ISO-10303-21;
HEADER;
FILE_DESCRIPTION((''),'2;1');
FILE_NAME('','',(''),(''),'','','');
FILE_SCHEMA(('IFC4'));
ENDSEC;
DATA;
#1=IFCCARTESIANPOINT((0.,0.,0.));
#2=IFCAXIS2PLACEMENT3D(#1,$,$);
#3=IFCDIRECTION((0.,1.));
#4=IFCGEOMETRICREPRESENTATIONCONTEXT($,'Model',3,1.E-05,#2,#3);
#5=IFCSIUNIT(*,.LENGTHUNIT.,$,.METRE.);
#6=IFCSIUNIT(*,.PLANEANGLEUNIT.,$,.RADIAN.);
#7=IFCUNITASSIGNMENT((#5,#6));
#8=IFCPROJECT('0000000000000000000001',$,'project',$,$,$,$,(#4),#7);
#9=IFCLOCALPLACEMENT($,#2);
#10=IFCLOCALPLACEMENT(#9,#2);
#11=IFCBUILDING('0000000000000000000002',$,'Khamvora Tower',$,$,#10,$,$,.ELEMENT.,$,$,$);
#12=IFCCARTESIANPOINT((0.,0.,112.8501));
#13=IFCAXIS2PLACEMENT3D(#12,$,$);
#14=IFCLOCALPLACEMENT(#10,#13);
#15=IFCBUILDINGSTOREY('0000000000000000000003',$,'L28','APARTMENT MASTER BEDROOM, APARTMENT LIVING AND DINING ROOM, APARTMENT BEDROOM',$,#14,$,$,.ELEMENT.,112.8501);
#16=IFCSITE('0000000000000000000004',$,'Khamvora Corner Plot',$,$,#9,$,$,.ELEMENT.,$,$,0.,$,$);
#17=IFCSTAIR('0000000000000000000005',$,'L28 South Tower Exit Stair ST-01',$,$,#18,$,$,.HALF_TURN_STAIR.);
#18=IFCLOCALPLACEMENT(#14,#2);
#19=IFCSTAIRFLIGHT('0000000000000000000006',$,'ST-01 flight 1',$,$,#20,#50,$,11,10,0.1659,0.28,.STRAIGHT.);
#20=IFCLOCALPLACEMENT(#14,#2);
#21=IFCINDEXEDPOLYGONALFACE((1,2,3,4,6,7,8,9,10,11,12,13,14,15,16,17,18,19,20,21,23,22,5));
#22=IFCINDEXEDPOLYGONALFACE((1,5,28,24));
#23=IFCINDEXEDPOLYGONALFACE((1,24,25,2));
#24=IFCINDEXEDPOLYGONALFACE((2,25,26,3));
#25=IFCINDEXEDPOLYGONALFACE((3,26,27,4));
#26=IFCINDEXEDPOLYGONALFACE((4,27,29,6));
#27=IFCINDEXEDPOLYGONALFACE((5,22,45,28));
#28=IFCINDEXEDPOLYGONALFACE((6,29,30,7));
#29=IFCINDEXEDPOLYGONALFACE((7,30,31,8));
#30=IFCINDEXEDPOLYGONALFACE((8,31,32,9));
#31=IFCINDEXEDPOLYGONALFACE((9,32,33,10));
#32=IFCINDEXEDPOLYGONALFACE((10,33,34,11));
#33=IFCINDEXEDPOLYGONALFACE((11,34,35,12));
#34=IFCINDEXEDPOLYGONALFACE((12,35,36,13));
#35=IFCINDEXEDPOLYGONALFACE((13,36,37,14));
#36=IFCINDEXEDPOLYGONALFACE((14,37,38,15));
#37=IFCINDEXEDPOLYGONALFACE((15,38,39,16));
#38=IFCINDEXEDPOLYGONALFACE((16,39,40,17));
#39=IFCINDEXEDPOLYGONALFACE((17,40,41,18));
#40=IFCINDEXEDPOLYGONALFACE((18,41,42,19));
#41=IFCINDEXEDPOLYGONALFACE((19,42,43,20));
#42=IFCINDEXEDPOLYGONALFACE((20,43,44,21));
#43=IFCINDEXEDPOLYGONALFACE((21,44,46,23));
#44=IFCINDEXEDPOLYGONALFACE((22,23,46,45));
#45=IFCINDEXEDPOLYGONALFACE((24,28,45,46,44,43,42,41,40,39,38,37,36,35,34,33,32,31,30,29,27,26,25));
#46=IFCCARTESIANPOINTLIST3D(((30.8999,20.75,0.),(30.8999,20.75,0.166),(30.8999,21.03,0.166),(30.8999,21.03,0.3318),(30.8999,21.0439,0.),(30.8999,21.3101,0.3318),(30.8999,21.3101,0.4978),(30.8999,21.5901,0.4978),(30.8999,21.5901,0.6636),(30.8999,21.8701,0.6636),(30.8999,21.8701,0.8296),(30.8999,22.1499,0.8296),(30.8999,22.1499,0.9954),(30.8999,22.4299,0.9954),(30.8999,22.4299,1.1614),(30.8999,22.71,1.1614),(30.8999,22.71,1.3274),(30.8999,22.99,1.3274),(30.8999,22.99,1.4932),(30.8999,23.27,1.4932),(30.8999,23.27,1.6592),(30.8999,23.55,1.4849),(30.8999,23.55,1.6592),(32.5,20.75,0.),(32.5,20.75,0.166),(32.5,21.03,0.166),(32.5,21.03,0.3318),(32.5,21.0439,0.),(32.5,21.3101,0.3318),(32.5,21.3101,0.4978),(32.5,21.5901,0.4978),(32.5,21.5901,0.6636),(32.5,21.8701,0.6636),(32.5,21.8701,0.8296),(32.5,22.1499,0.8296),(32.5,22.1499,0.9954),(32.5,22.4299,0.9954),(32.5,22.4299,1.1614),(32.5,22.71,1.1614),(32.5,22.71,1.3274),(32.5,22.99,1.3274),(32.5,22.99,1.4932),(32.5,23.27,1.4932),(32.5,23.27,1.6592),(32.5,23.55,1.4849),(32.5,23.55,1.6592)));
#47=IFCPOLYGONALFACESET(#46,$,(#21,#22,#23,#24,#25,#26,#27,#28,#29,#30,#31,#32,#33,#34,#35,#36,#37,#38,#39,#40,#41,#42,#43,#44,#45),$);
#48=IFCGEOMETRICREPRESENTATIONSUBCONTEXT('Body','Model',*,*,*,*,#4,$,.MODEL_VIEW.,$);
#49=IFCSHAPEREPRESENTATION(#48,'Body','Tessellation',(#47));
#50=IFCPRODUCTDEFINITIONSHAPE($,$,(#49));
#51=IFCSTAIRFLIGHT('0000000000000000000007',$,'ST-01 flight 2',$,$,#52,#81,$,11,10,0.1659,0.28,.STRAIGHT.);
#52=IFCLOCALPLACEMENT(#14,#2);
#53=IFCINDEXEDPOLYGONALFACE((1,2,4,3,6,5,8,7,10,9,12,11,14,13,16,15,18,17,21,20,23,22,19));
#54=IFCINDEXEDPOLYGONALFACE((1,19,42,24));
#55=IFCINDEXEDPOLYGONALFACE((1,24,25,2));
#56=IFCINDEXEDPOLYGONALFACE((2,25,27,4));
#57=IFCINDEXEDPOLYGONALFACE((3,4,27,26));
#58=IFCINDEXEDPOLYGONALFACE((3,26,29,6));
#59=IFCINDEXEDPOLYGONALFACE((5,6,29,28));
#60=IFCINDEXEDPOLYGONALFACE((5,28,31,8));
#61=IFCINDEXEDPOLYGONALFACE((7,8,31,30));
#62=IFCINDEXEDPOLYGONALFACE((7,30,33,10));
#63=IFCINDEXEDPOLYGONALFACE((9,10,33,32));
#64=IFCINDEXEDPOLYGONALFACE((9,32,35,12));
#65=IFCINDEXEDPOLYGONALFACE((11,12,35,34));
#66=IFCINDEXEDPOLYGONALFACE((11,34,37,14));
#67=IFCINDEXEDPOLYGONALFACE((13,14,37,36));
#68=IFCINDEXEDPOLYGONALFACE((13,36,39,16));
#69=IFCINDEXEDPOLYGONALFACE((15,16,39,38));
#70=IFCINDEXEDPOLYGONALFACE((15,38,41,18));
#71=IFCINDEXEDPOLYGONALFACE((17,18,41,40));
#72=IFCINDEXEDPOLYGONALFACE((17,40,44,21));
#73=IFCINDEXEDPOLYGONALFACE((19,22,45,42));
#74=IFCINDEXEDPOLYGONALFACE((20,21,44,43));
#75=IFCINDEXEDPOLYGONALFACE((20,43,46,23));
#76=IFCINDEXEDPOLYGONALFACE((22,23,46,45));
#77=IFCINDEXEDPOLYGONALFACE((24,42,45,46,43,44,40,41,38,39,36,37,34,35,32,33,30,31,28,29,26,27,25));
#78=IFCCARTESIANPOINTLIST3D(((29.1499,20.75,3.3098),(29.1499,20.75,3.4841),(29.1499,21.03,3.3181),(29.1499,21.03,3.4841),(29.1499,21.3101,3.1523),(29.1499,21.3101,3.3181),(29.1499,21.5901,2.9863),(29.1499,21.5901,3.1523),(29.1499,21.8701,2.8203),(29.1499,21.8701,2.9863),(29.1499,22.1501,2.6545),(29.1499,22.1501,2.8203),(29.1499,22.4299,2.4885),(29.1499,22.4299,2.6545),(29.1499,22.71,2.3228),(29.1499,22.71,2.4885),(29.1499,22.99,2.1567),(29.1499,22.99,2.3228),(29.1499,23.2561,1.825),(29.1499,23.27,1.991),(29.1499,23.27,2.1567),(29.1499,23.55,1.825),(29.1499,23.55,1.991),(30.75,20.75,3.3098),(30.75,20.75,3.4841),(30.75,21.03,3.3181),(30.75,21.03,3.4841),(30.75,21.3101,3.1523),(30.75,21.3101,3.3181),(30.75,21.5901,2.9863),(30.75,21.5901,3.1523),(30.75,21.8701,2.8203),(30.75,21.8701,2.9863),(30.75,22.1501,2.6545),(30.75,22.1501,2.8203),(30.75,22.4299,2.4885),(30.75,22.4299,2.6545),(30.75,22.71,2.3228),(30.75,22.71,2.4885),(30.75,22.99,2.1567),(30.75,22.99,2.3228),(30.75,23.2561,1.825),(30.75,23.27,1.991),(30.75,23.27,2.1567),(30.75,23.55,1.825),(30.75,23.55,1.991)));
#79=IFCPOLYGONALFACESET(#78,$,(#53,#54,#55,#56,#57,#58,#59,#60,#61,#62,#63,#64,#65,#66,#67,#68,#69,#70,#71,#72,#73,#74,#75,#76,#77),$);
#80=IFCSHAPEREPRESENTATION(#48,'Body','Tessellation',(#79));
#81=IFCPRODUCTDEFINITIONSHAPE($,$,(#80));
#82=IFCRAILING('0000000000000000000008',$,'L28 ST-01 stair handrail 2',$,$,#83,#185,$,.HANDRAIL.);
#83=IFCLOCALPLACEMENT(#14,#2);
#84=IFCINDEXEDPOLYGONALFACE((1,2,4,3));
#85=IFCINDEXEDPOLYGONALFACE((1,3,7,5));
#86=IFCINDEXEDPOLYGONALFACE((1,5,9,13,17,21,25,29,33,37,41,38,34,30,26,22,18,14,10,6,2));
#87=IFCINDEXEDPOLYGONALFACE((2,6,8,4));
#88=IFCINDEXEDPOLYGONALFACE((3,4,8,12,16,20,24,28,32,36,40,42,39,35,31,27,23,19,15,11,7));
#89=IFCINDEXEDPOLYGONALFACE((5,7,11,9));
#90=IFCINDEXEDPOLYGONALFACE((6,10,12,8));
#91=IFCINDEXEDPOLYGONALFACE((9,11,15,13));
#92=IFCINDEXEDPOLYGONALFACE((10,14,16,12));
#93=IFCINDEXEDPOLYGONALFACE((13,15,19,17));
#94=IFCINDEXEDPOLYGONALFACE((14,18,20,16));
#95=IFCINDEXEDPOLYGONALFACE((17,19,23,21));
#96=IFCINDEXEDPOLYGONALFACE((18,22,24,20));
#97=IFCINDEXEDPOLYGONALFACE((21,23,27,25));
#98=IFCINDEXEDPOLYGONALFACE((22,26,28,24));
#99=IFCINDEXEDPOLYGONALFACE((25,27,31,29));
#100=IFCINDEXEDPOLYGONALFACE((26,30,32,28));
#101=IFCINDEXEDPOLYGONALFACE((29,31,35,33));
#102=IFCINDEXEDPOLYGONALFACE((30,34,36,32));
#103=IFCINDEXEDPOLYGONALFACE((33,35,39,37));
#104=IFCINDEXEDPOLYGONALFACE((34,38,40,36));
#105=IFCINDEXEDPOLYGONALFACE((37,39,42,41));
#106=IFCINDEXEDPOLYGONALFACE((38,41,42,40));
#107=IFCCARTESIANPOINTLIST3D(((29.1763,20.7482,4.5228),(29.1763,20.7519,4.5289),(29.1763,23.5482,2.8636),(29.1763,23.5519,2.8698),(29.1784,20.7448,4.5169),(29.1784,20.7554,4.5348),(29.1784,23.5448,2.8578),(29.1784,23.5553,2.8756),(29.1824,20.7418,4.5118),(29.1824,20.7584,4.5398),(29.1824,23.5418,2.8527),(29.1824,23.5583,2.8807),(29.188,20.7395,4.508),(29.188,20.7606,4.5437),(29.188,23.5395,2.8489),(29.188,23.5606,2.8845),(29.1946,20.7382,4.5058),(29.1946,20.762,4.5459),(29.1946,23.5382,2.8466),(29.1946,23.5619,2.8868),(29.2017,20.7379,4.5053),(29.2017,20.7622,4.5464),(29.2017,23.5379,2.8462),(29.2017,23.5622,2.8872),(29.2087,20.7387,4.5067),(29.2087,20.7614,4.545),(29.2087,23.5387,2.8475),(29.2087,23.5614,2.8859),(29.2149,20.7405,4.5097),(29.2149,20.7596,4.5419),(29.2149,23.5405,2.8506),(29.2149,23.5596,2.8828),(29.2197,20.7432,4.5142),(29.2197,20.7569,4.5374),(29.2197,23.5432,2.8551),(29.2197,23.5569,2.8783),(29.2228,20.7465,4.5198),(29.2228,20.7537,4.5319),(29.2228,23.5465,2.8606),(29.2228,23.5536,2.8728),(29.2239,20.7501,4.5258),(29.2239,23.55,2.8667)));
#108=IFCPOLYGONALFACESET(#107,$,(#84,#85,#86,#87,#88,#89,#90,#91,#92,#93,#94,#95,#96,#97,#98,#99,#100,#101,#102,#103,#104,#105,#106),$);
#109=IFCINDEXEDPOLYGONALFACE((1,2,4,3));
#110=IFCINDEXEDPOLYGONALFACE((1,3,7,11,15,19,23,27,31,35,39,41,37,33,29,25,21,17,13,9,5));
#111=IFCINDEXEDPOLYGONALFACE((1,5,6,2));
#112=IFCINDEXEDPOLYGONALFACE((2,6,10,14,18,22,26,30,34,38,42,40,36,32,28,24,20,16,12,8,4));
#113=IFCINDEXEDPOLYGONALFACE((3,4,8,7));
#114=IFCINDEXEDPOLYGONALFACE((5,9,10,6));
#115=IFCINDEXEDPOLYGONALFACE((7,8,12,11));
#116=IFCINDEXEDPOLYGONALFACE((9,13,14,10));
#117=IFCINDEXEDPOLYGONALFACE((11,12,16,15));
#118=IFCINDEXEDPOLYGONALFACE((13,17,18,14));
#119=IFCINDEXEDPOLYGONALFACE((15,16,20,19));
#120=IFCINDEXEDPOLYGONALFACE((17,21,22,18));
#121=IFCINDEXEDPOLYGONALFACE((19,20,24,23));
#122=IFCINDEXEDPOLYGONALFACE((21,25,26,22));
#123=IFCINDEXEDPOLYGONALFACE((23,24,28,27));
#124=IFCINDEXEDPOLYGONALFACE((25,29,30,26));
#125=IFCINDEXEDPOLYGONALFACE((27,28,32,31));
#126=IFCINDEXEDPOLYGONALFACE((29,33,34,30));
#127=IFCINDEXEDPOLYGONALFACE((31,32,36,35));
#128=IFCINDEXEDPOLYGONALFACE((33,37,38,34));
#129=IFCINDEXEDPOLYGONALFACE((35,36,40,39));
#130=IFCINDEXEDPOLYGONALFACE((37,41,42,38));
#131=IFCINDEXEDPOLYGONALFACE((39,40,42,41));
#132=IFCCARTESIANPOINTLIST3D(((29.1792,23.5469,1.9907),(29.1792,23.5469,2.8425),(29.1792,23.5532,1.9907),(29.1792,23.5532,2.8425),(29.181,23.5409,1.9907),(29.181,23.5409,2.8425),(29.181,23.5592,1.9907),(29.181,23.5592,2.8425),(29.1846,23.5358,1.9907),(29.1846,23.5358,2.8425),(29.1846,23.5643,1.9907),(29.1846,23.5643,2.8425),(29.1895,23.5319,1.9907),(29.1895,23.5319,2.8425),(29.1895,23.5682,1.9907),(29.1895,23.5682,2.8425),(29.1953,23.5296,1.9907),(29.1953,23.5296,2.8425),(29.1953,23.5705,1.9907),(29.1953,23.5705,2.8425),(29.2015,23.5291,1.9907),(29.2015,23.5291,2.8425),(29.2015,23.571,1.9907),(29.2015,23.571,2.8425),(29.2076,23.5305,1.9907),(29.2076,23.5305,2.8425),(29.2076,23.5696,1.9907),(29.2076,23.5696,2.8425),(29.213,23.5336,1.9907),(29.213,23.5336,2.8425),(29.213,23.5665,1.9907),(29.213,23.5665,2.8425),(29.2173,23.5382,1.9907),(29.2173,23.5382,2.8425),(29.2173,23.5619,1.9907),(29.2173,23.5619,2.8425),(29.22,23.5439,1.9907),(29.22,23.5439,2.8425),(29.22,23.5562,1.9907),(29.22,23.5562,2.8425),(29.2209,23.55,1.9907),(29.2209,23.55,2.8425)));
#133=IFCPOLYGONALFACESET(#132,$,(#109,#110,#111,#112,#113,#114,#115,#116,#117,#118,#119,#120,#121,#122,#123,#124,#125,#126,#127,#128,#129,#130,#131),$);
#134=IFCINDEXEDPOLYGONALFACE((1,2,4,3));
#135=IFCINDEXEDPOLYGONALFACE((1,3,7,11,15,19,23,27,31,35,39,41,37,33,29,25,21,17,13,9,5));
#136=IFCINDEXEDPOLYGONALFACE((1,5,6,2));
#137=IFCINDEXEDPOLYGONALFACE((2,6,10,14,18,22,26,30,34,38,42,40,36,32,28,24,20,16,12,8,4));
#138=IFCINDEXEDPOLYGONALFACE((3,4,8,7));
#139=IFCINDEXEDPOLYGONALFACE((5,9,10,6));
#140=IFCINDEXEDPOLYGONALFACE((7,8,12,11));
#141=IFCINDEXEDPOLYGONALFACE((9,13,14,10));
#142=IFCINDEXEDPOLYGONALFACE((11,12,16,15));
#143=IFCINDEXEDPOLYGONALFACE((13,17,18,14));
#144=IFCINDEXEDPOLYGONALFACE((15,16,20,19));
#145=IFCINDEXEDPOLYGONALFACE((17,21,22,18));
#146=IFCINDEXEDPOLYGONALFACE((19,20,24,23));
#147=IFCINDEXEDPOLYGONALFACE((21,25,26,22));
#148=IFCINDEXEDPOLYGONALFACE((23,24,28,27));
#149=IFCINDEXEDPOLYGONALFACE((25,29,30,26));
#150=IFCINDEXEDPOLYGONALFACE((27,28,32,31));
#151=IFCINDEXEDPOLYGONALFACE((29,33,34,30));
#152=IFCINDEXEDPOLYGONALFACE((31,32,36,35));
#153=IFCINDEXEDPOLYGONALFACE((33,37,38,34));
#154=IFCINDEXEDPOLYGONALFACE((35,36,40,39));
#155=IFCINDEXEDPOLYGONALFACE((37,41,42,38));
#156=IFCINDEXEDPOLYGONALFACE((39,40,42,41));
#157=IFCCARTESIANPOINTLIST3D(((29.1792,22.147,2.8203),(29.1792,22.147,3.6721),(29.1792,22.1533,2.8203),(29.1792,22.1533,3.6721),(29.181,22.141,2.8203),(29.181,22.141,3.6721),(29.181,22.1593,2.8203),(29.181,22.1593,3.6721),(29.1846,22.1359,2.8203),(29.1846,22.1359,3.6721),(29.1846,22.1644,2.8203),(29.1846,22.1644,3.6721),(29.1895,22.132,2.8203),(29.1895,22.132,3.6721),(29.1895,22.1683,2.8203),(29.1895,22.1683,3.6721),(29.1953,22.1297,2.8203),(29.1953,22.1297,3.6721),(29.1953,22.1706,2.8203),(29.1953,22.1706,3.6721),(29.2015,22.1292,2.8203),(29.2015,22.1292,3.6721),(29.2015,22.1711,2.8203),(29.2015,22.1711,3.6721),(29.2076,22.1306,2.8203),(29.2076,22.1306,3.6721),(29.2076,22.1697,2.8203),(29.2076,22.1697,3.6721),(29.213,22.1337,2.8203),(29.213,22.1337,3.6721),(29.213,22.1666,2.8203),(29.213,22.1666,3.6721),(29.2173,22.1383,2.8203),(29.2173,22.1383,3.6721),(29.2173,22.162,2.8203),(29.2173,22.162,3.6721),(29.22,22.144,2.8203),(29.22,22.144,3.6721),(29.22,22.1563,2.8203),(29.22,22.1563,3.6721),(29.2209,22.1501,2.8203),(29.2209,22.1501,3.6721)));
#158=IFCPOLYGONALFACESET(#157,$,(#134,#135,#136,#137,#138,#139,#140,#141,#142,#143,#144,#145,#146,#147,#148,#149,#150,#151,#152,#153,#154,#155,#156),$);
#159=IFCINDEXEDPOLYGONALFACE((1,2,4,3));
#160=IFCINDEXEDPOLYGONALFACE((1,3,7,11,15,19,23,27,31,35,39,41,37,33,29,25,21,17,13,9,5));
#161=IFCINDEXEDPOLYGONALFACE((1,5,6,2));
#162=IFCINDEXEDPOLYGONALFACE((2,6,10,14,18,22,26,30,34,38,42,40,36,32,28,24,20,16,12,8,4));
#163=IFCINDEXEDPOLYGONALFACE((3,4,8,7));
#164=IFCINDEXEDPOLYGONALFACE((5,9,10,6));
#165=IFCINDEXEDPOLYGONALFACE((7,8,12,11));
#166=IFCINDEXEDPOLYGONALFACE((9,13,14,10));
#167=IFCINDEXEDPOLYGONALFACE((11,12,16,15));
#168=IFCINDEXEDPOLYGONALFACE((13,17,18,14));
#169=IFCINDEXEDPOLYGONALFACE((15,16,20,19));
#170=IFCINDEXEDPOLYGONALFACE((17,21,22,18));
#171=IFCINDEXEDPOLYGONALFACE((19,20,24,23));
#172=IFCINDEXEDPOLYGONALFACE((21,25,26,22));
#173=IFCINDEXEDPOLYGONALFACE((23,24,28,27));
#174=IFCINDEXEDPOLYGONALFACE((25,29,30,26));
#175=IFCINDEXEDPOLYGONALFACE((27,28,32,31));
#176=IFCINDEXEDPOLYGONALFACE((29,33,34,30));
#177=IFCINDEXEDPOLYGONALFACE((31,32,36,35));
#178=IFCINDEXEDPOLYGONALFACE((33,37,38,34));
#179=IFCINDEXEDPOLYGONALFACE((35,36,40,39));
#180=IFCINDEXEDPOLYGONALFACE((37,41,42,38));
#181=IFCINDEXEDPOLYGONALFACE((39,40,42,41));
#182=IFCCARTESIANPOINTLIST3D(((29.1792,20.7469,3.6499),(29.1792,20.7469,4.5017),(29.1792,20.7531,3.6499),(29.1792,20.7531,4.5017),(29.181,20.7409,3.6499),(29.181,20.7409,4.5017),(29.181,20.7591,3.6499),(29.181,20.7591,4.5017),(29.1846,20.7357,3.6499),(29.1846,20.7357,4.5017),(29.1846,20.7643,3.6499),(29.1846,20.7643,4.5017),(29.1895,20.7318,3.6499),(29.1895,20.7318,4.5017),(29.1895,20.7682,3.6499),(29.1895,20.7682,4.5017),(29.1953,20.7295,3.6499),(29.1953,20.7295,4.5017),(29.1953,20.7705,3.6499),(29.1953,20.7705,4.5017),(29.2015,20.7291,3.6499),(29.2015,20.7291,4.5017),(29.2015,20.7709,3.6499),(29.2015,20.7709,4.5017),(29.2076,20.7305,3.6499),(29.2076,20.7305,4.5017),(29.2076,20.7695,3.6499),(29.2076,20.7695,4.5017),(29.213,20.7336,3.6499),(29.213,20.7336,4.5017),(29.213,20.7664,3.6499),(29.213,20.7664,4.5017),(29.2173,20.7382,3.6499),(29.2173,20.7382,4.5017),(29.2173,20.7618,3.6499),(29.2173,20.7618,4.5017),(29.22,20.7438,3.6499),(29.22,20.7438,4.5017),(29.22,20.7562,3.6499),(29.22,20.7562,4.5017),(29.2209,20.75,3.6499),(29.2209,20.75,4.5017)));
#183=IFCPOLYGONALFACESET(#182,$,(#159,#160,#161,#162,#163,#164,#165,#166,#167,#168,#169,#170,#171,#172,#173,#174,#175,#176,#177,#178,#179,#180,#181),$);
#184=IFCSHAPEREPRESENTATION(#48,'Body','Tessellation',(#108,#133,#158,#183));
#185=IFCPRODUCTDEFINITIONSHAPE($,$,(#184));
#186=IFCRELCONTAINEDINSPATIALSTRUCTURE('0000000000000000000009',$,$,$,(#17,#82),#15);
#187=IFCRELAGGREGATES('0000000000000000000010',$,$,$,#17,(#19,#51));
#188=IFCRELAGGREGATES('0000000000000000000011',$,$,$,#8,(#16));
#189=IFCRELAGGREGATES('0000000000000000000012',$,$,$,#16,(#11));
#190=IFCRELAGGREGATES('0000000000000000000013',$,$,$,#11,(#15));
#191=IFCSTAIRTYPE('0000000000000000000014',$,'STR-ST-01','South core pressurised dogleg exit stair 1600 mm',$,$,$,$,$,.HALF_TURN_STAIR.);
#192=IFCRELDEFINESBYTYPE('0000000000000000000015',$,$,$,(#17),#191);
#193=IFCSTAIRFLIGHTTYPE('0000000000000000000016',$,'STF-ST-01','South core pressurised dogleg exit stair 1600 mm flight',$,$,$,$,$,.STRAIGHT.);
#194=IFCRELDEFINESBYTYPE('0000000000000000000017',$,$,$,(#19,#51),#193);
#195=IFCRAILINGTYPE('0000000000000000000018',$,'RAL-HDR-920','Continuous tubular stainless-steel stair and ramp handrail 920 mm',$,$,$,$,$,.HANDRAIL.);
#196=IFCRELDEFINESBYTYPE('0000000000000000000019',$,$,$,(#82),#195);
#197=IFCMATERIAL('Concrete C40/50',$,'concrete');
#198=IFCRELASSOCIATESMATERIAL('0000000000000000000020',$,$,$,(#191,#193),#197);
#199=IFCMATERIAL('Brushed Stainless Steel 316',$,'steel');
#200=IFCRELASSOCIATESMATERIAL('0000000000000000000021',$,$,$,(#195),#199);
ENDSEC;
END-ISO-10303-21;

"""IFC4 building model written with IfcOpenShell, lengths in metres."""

from ifc_helpers import new_model, si_unit, direction, frame, origin, origin_2d, place, context, subcontext, project, spatial, polyline, circle, outline, extrude, material, type_object, element, aggregate, save


model = new_model("IFC4")

# Units and contexts
model_context = context("Model", 3, precision=1e-05, world=origin(), true_north=direction((0.0, 1.0)))
body_context = subcontext(model_context, "Body", "Model", "MODEL_VIEW")
ifc_project = project(units=[si_unit("LENGTHUNIT", "METRE"), si_unit("PLANEANGLEUNIT", "RADIAN")], contexts=[model_context])

# Site, building, storey
site_placement = place(None, origin())
site = spatial("IfcSite", under=ifc_project, at=site_placement, Name="Khamvora Corner Plot", CompositionType="ELEMENT", RefElevation=0.0)
building_placement = place(site_placement, origin())
building = spatial("IfcBuilding", under=site, at=building_placement, Name="Khamvora Tower", CompositionType="ELEMENT")
storey_placement = place(building_placement, frame((0.0, 0.0, 112.8501)))
storey = spatial("IfcBuildingStorey", under=building, at=storey_placement, Name="L28", Description="APARTMENT MASTER BEDROOM, APARTMENT LIVING AND DINING ROOM, APARTMENT BEDROOM", CompositionType="ELEMENT", Elevation=112.8501)

# Stair, stair flights
ifc_material_1 = material(Name="Concrete C40/50", Category="concrete")
stair_type = type_object("IfcStairType", Name="STR-ST-01", Description="South core pressurised dogleg exit stair 1600 mm", PredefinedType="HALF_TURN_STAIR", material=ifc_material_1)
stair_placement = place(storey_placement, origin())
stair = element("IfcStair", 1, at=stair_placement, inside=storey, type_object=stair_type, Name="L28 South Tower Exit Stair ST-01", PredefinedType="HALF_TURN_STAIR")
stair_flight_type = type_object("IfcStairFlightType", Name="STF-ST-01", Description="South core pressurised dogleg exit stair 1600 mm flight", PredefinedType="STRAIGHT", material=ifc_material_1)
stair_flight_1_placement = place(storey_placement, frame((31.7, 20.75, 0.0), z_axis=(0.0, 0.0, 1.0), x_axis=(0.0, 1.0, 0.0)))
stair_flight_1 = element("IfcStairFlight", 2, at=stair_flight_1_placement, type_object=stair_flight_type, Name="ST-01 flight 1", NumberOfRisers=11, NumberOfTreads=10, PredefinedType="STRAIGHT", RiserHeight=0.1659, TreadLength=0.28, context=body_context, shape_type="SweptSolid", body=[
    extrude(outline(polyline([(0.0, 0.0), (0.0, 0.166), (0.28, 0.166), (0.28, 0.3318), (0.5601, 0.3318), (0.5601, 0.4978), (0.8401, 0.4978), (0.8401, 0.6636), (1.1201, 0.6636), (1.1201, 0.8296), (1.3999, 0.8296), (1.3999, 0.9954), (1.6799, 0.9954), (1.6799, 1.1614), (1.96, 1.1614), (1.96, 1.3274), (2.24, 1.3274), (2.24, 1.4932), (2.52, 1.4932), (2.52, 1.6592), (2.8, 1.6592), (2.8, 1.825), (2.8, 1.4849), (0.2939, 0.0), (0.0, 0.0)])), frame((0.0, 0.8, 0.0), z_axis=(0.0, -1.0, 0.0), x_axis=(1.0, 0.0, 0.0)), (0.0, 0.0, 1.0), 1.6001),
])
stair_flight_2_placement = place(storey_placement, frame((29.95, 23.55, 1.825), z_axis=(0.0, 0.0, 1.0), x_axis=(0.0, -1.0, 0.0)))
stair_flight_2 = element("IfcStairFlight", 3, at=stair_flight_2_placement, type_object=stair_flight_type, Name="ST-01 flight 2", NumberOfRisers=11, NumberOfTreads=10, PredefinedType="STRAIGHT", RiserHeight=0.1659, TreadLength=0.28, context=body_context, shape_type="SweptSolid", body=[
    extrude(outline(polyline([(0.0, 0.0), (0.0, 0.166), (0.28, 0.166), (0.28, 0.3318), (0.5601, 0.3318), (0.5601, 0.4978), (0.8401, 0.4978), (0.8401, 0.6636), (1.1201, 0.6636), (1.1201, 0.8296), (1.3999, 0.8296), (1.3999, 0.9954), (1.6799, 0.9954), (1.6799, 1.1614), (1.96, 1.1614), (1.96, 1.3274), (2.24, 1.3274), (2.24, 1.4932), (2.52, 1.4932), (2.52, 1.6592), (2.8, 1.6592), (2.8, 1.825), (2.8, 1.4849), (0.2939, 0.0), (0.0, 0.0)])), frame((0.0, 0.8, 0.0), z_axis=(0.0, -1.0, 0.0), x_axis=(1.0, 0.0, 0.0)), (0.0, 0.0, 1.0), 1.6001),
])
aggregate(stair, [stair_flight_1, stair_flight_2])

# Railing
ifc_material_2 = material(Name="Brushed Stainless Steel 316", Category="steel")
railing_type_1 = type_object("IfcRailingType", Name="RAL-HDR-920", Description="Continuous tubular stainless-steel stair and ramp handrail 920 mm", PredefinedType="HANDRAIL", material=ifc_material_2)
railing_1_placement = place(storey_placement, frame((29.2, 23.55, 1.9907)))
element("IfcRailing", 4, at=railing_1_placement, inside=storey, type_object=railing_type_1, Name="L28 ST-01 stair handrail 2", PredefinedType="HANDRAIL", context=body_context, shape_type="SweptSolid", body=[
    extrude(circle(Radius=0.0239, at=origin_2d()), frame((0.0, 0.0, 0.876), z_axis=(0.0, -0.860306, 0.509778), x_axis=(1.0, 0.0, 0.0)), (0.0, 0.0, 1.0), 3.2546),
    extrude(circle(Radius=0.021, at=origin_2d()), origin(), (0.0, 0.0, 1.0), 0.8518),
    extrude(circle(Radius=0.021, at=origin_2d()), frame((0.0, -1.3999, 0.8296)), (0.0, 0.0, 1.0), 0.8518),
    extrude(circle(Radius=0.021, at=origin_2d()), frame((0.0, -2.8, 1.6592)), (0.0, 0.0, 1.0), 0.8518),
])

save(model, "model.ifc")
